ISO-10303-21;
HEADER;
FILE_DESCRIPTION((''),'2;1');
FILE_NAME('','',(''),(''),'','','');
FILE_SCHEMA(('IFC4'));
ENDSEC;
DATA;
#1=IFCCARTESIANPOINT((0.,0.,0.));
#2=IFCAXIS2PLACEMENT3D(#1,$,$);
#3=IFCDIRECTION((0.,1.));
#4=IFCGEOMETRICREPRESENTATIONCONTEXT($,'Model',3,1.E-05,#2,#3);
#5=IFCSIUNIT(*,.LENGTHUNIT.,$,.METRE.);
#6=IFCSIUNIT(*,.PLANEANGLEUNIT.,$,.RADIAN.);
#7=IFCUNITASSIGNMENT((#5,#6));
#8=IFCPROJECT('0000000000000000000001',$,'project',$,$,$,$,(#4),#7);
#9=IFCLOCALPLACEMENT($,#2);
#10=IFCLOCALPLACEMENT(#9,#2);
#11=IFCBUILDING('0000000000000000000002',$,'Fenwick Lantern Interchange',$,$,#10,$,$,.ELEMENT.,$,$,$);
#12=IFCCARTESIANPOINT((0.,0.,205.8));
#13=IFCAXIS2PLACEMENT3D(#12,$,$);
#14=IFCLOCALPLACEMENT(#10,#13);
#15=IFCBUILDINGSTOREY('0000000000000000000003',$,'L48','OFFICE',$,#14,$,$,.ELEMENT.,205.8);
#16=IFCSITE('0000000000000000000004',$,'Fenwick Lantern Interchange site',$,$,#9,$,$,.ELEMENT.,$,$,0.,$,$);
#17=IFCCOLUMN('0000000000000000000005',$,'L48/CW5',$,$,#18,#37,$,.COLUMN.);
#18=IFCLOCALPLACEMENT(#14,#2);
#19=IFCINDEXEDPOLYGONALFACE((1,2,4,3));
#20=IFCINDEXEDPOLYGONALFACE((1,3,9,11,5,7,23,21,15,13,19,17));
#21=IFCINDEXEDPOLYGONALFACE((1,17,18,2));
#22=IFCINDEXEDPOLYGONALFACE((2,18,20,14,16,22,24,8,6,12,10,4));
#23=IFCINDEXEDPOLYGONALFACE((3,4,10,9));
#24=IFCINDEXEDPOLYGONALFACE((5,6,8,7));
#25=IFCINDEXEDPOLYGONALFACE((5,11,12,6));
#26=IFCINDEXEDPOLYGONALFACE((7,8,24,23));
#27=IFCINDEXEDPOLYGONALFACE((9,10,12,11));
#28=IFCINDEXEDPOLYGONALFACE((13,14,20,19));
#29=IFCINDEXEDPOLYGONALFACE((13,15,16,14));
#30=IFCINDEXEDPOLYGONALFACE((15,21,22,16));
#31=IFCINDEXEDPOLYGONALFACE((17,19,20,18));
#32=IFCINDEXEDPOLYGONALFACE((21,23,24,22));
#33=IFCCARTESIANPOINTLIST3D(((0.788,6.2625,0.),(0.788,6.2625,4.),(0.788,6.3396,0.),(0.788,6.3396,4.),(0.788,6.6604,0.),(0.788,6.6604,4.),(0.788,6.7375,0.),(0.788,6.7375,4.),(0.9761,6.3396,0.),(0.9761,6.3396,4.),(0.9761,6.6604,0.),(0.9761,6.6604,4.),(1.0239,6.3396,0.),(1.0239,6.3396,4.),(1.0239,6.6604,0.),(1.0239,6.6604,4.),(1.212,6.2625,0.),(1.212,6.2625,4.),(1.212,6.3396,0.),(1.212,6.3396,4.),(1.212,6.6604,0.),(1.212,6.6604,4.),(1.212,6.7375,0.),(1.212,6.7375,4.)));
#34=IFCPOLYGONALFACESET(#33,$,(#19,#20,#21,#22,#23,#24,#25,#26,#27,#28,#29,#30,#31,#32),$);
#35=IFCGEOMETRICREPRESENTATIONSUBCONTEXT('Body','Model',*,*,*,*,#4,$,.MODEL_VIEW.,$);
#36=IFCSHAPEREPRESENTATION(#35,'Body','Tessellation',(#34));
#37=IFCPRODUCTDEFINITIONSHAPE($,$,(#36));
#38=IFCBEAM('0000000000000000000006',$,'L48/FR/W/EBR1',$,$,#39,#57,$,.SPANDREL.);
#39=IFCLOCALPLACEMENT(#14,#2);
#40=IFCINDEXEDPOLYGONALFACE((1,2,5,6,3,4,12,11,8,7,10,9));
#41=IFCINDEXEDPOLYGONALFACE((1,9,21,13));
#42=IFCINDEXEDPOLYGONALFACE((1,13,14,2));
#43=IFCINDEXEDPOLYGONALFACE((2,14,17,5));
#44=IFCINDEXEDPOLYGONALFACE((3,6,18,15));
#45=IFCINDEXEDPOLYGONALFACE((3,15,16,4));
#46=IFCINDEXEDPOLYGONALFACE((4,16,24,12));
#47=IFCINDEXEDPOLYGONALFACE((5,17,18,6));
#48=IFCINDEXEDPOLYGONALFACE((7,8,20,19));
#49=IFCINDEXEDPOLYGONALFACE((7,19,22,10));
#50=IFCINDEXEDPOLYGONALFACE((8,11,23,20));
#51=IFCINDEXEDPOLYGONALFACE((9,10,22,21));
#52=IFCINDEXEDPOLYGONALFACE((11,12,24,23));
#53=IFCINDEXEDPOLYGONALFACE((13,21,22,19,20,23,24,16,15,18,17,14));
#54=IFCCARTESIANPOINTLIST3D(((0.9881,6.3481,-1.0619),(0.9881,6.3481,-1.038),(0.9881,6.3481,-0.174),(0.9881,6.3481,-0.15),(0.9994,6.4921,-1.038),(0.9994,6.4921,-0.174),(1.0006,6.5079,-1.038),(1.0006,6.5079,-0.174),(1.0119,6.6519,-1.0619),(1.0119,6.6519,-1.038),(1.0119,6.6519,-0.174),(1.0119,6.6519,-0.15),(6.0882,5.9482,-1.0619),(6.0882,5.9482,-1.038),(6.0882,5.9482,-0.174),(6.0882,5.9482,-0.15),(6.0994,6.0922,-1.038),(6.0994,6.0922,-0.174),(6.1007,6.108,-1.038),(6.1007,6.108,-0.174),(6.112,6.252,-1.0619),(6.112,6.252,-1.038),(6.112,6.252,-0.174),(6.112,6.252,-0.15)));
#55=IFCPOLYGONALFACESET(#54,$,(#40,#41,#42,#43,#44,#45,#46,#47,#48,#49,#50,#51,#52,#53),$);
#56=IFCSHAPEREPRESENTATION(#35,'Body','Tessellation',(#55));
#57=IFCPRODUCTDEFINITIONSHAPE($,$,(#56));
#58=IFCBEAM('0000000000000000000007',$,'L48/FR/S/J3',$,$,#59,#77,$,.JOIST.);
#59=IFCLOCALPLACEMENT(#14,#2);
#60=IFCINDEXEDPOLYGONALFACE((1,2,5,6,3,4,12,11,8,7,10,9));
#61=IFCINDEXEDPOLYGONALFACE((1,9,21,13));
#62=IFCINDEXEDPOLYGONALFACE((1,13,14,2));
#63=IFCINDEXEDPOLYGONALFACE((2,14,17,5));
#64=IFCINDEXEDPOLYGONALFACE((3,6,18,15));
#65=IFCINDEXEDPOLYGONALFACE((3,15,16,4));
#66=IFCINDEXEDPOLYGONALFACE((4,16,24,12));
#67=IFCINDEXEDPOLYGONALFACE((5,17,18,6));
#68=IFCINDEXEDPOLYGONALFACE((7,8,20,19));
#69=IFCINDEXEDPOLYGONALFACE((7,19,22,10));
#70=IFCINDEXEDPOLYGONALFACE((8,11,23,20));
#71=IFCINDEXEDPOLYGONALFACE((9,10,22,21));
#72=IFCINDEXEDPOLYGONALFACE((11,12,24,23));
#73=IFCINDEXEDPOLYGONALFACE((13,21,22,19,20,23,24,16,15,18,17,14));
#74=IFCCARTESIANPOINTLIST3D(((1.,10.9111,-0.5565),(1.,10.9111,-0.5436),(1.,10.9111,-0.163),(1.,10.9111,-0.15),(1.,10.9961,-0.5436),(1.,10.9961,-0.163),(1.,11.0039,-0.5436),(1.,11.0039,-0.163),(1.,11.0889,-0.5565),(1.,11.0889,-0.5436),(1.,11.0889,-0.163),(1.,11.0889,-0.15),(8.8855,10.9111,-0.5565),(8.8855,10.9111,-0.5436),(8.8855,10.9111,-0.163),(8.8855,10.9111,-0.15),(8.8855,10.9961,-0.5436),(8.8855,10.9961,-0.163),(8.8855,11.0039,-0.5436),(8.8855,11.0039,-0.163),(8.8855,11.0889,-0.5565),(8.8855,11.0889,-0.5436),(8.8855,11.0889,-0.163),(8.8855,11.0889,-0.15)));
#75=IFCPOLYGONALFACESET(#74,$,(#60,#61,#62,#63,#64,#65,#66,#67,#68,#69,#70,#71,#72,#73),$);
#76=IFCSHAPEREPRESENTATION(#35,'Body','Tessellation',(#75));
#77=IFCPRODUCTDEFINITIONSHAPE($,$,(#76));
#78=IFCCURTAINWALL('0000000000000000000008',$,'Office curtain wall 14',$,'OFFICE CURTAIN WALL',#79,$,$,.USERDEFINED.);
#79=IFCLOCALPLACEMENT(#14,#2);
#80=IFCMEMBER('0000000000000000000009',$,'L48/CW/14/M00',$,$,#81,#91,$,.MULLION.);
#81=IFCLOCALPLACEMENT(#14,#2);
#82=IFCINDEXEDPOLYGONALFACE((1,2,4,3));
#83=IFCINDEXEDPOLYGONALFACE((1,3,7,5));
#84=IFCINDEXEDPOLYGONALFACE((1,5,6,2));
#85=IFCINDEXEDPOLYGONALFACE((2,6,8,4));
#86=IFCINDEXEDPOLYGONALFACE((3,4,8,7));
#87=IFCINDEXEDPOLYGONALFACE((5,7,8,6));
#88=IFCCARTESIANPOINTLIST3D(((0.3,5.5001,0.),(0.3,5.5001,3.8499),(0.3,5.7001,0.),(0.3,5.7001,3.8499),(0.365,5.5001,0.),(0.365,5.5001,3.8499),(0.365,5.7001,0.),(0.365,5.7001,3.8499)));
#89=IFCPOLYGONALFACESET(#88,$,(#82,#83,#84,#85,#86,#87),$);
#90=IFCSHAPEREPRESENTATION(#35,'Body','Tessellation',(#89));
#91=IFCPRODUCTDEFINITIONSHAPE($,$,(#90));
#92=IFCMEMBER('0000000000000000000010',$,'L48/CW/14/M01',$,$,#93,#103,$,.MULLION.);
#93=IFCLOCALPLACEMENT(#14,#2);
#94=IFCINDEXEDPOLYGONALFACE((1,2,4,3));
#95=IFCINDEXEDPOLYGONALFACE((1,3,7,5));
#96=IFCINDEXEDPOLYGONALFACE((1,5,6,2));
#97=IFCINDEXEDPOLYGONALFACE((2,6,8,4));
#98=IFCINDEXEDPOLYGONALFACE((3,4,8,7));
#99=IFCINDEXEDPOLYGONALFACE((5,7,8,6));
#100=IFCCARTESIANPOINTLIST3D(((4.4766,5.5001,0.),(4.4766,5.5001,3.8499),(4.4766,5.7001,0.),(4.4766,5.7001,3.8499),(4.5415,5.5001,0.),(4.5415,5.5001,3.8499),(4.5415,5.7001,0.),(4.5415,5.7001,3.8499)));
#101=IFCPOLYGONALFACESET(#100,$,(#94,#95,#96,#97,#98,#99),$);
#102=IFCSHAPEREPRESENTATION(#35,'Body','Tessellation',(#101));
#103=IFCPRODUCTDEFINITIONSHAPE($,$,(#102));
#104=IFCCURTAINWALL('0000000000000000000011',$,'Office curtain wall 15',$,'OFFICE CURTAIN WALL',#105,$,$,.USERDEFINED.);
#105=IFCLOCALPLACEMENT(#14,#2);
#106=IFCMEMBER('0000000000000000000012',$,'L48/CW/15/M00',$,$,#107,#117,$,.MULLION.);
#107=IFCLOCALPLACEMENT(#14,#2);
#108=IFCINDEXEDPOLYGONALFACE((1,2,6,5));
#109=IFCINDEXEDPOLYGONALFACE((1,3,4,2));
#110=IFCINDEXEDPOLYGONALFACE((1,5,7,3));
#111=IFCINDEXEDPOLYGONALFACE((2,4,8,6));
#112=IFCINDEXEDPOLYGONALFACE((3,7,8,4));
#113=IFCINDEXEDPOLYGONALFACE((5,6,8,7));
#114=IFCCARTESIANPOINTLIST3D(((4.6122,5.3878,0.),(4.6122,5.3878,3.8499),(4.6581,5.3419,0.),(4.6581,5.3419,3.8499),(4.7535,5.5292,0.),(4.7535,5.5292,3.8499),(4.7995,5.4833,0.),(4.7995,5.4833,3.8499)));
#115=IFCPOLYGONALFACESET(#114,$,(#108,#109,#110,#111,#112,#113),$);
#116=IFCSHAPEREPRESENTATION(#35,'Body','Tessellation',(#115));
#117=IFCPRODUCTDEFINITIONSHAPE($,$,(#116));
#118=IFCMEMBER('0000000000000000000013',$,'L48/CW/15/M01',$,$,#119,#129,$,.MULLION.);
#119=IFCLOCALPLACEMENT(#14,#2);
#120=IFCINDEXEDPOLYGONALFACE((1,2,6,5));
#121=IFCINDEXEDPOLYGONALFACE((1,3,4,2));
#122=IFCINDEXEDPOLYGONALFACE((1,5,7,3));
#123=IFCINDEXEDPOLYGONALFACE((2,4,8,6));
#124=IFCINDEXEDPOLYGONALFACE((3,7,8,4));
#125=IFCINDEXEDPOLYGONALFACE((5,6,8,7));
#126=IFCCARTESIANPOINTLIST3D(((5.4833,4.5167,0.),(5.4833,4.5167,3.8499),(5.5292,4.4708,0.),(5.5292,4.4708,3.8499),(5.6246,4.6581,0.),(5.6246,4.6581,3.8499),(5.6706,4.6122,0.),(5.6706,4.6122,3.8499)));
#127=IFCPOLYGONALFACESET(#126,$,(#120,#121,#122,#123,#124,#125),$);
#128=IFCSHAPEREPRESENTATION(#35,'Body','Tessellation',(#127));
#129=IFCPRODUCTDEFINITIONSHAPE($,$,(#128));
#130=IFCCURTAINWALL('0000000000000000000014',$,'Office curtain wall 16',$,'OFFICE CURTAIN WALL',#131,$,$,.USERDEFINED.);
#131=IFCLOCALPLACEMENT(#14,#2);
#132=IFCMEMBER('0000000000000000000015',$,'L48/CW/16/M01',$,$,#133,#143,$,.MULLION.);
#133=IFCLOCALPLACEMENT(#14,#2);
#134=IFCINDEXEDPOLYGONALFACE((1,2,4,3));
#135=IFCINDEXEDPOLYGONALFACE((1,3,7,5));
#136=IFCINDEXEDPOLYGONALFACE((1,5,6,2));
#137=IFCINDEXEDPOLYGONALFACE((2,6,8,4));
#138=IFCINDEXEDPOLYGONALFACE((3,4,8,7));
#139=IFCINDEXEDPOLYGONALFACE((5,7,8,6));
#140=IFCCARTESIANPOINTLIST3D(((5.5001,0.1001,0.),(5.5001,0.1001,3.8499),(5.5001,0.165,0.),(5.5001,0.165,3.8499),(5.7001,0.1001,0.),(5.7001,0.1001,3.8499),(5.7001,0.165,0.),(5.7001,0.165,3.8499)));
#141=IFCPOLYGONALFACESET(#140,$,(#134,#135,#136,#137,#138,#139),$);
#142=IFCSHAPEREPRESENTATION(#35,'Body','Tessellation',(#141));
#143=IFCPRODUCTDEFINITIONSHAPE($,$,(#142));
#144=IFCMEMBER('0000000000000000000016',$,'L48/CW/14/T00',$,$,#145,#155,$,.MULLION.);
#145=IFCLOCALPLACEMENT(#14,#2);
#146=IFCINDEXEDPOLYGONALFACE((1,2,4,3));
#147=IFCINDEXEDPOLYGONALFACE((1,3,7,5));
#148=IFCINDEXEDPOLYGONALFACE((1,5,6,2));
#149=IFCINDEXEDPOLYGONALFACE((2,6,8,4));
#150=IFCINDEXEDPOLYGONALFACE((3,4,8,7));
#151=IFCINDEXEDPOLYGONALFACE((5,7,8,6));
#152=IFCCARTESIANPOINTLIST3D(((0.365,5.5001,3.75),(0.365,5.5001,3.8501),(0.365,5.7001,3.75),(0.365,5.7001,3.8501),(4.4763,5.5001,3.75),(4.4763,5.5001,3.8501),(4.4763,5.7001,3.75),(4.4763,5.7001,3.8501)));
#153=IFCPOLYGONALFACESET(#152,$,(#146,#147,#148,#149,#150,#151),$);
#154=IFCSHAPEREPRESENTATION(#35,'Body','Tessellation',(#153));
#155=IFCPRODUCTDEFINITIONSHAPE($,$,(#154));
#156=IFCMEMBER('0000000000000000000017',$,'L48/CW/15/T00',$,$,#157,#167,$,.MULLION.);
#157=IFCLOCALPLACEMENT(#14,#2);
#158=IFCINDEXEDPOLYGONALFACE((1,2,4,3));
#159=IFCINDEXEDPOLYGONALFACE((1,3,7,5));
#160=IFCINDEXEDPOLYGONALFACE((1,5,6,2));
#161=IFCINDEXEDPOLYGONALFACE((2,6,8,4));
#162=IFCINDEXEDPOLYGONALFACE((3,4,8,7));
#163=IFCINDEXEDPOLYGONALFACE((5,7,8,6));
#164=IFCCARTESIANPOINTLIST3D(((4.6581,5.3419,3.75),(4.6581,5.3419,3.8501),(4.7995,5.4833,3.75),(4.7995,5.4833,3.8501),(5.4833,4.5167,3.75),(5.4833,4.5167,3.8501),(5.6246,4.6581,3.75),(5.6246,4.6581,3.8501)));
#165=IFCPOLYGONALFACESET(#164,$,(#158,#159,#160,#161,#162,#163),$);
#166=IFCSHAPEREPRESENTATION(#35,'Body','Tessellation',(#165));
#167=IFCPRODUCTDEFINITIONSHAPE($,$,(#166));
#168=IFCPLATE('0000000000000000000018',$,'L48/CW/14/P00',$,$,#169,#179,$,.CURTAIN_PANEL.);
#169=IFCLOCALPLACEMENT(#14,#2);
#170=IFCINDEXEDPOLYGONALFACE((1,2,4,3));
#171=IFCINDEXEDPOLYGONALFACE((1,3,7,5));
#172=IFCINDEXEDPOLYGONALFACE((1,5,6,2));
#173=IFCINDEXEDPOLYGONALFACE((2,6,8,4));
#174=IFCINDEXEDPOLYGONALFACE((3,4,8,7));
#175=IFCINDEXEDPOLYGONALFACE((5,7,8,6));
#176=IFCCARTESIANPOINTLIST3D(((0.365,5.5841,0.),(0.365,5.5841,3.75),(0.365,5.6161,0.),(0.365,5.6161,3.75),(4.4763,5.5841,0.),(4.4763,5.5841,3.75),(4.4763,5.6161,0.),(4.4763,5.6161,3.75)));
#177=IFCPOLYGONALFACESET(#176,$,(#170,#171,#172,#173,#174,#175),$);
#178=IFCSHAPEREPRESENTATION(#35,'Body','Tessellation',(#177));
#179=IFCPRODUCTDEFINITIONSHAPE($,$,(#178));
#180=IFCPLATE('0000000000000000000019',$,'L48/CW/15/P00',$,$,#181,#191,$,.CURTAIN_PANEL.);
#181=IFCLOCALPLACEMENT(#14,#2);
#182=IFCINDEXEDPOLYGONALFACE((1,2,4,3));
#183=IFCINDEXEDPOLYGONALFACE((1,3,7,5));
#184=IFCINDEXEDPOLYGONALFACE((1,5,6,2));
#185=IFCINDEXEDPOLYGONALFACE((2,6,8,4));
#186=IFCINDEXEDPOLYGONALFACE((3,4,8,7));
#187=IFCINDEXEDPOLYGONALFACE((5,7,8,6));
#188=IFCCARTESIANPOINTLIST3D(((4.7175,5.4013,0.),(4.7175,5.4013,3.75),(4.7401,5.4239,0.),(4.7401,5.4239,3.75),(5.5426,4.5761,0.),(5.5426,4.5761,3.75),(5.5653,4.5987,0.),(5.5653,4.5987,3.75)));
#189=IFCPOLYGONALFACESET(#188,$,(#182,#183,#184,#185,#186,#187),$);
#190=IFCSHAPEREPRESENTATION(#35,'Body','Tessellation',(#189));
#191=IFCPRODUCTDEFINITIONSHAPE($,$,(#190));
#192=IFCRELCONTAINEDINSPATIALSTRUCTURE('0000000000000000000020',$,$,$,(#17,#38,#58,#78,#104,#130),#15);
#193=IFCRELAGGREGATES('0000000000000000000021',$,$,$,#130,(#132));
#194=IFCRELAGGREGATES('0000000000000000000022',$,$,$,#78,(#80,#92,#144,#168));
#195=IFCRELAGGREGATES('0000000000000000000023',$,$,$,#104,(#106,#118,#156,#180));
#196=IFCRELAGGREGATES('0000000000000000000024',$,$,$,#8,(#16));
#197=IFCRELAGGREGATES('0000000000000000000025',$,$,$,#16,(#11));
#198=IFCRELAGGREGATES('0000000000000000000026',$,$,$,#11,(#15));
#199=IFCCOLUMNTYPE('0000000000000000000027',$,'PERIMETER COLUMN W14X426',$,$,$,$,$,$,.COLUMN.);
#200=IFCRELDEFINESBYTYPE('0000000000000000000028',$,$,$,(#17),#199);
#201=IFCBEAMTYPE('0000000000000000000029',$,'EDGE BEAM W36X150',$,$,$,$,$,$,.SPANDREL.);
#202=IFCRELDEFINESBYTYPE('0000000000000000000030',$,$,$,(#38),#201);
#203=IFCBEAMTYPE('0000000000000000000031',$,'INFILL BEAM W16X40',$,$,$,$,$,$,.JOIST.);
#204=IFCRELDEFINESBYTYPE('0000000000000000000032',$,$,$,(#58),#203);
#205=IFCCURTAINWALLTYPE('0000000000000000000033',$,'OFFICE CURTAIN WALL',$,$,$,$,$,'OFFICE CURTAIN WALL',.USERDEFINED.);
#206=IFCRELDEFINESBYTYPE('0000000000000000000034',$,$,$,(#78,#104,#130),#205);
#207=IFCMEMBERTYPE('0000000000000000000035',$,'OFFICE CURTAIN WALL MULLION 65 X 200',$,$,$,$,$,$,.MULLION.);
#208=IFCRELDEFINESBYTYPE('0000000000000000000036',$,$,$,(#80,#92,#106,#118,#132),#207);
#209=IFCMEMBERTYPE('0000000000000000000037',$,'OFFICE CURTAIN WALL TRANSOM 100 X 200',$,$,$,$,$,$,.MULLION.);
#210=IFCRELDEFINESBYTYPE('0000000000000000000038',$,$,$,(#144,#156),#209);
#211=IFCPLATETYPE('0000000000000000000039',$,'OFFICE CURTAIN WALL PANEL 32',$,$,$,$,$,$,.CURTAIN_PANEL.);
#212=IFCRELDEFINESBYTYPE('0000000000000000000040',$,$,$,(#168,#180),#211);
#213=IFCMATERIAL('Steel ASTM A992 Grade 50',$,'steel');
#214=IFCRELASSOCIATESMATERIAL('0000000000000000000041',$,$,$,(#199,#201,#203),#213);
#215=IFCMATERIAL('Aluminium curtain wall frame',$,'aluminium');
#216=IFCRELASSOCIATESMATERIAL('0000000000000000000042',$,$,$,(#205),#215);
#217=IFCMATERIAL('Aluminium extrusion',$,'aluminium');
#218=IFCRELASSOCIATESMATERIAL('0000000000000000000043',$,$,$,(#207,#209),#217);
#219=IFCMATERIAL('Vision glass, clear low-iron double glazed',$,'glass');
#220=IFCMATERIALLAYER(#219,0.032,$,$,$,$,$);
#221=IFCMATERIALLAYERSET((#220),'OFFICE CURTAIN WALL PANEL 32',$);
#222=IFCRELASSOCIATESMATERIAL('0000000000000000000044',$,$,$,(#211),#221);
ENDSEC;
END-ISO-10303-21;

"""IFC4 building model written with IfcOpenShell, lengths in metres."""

from ifc_helpers import new_model, si_unit, direction, frame, origin, origin_2d, place, context, subcontext, project, spatial, rectangle, i_section, extrude, material, layer, layer_set, material_profile, profile_set, type_object, element, aggregate, save


model = new_model("IFC4")

# Units and contexts
model_context = context("Model", 3, precision=1e-05, world=origin(), true_north=direction((0.0, 1.0)))
body_context = subcontext(model_context, "Body", "Model", "MODEL_VIEW")
ifc_project = project(units=[si_unit("LENGTHUNIT", "METRE"), si_unit("PLANEANGLEUNIT", "RADIAN")], contexts=[model_context])

# Site, building, storey
site_placement = place(None, origin())
site = spatial("IfcSite", under=ifc_project, at=site_placement, Name="Fenwick Lantern Interchange site", CompositionType="ELEMENT", RefElevation=0.0)
building_placement = place(site_placement, origin())
building = spatial("IfcBuilding", under=site, at=building_placement, Name="Fenwick Lantern Interchange", CompositionType="ELEMENT")
storey_placement = place(building_placement, frame((0.0, 0.0, 205.8)))
storey = spatial("IfcBuildingStorey", under=building, at=storey_placement, Name="L48", Description="OFFICE", CompositionType="ELEMENT", Elevation=205.8)

# Column
ifc_material_1 = material(Name="Steel ASTM A992 Grade 50", Category="steel")
ifc_material_profile_1 = material_profile(ifc_material_1, i_section(OverallWidth=0.4241, OverallDepth=0.4751, WebThickness=0.0479, FlangeThickness=0.0771, at=origin_2d()), Name="W14X426")
ifc_profile_set_1 = profile_set([ifc_material_profile_1], Name="Steel ASTM A992 Grade 50")
column_type = type_object("IfcColumnType", Name="PERIMETER COLUMN W14X426", PredefinedType="COLUMN", material=ifc_profile_set_1)
column_placement = place(storey_placement, frame((1.0, 6.5, 0.0), z_axis=(0.0, 0.0, 1.0), x_axis=(1.0, 0.0, 0.0)))
element("IfcColumn", 1, at=column_placement, inside=storey, type_object=column_type, Name="L48/CW5", PredefinedType="COLUMN", context=body_context, shape_type="SweptSolid", body=[
    extrude(i_section(OverallWidth=0.4241, OverallDepth=0.4751, WebThickness=0.0479, FlangeThickness=0.0771, at=origin_2d()), origin(), (0.0, 0.0, 1.0), 4.0),
])

# Beams
ifc_material_profile_2 = material_profile(ifc_material_1, i_section(OverallWidth=0.3047, OverallDepth=0.9119, WebThickness=0.0159, FlangeThickness=0.0239, at=origin_2d()), Name="W36X150")
ifc_profile_set_2 = profile_set([ifc_material_profile_2], Name="Steel ASTM A992 Grade 50")
beam_type_1 = type_object("IfcBeamType", Name="EDGE BEAM W36X150", PredefinedType="SPANDREL", material=ifc_profile_set_2)
beam_1_placement = place(storey_placement, frame((1.0, 6.5, -0.606), z_axis=(0.99694, -0.078171, 0.0), x_axis=(0.078171, 0.99694, 0.0)))
element("IfcBeam", 2, at=beam_1_placement, inside=storey, type_object=beam_type_1, Name="L48/FR/W/EBR1", PredefinedType="SPANDREL", context=body_context, shape_type="SweptSolid", body=[
    extrude(i_section(OverallWidth=0.3047, OverallDepth=0.9119, WebThickness=0.0159, FlangeThickness=0.0239, at=origin_2d()), origin(), (0.0, 0.0, 1.0), 5.1157),
])
ifc_material_profile_3 = material_profile(ifc_material_1, i_section(OverallWidth=0.1777, OverallDepth=0.4065, WebThickness=0.0078, FlangeThickness=0.0129, at=origin_2d()), Name="W16X40")
ifc_profile_set_3 = profile_set([ifc_material_profile_3], Name="Steel ASTM A992 Grade 50")
beam_type_2 = type_object("IfcBeamType", Name="INFILL BEAM W16X40", PredefinedType="JOIST", material=ifc_profile_set_3)
beam_2_placement = place(storey_placement, frame((1.0, 11.0, -0.3533), z_axis=(1.0, 0.0, 0.0), x_axis=(0.0, 1.0, 0.0)))
element("IfcBeam", 3, at=beam_2_placement, inside=storey, type_object=beam_type_2, Name="L48/FR/S/J3", PredefinedType="JOIST", context=body_context, shape_type="SweptSolid", body=[
    extrude(i_section(OverallWidth=0.1777, OverallDepth=0.4065, WebThickness=0.0078, FlangeThickness=0.0129, at=origin_2d()), origin(), (0.0, 0.0, 1.0), 7.8855),
])

# Curtain walls, members
ifc_material_2 = material(Name="Aluminium curtain wall frame", Category="aluminium")
curtain_wall_type = type_object("IfcCurtainWallType", Name="OFFICE CURTAIN WALL", ElementType="OFFICE CURTAIN WALL", PredefinedType="USERDEFINED", material=ifc_material_2)
curtain_wall_1_placement = place(storey_placement, origin())
curtain_wall_1 = element("IfcCurtainWall", 4, at=curtain_wall_1_placement, inside=storey, type_object=curtain_wall_type, Name="Office curtain wall 14", ObjectType="OFFICE CURTAIN WALL", PredefinedType="USERDEFINED")
ifc_material_3 = material(Name="Aluminium extrusion", Category="aluminium")
ifc_material_profile_4 = material_profile(ifc_material_3, rectangle(XDim=0.2, YDim=0.0649, at=origin_2d()), Name="OFFICE CURTAIN WALL MULLION 65 X 200")
ifc_profile_set_4 = profile_set([ifc_material_profile_4], Name="Aluminium extrusion")
member_type_1 = type_object("IfcMemberType", Name="OFFICE CURTAIN WALL MULLION 65 X 200", PredefinedType="MULLION", material=ifc_profile_set_4)
member_1_placement = place(storey_placement, frame((0.3325, 5.6001, 0.0), z_axis=(0.0, 0.0, 1.0), x_axis=(0.0, 1.0, 0.0)))
member_1 = element("IfcMember", 5, at=member_1_placement, type_object=member_type_1, Name="L48/CW/14/M00", PredefinedType="MULLION", context=body_context, shape_type="SweptSolid", body=[
    extrude(rectangle(XDim=0.2, YDim=0.0649, at=origin_2d()), origin(), (0.0, 0.0, 1.0), 3.8499),
])
member_2_placement = place(storey_placement, frame((4.509, 5.6001, 0.0), z_axis=(0.0, 0.0, 1.0), x_axis=(0.0, 1.0, 0.0)))
member_2 = element("IfcMember", 6, at=member_2_placement, type_object=member_type_1, Name="L48/CW/14/M01", PredefinedType="MULLION", context=body_context, shape_type="SweptSolid", body=[
    extrude(rectangle(XDim=0.2, YDim=0.0649, at=origin_2d()), origin(), (0.0, 0.0, 1.0), 3.8499),
])
curtain_wall_2_placement = place(storey_placement, origin())
curtain_wall_2 = element("IfcCurtainWall", 7, at=curtain_wall_2_placement, inside=storey, type_object=curtain_wall_type, Name="Office curtain wall 15", ObjectType="OFFICE CURTAIN WALL", PredefinedType="USERDEFINED")
member_3_placement = place(storey_placement, frame((4.7058, 5.4355, 0.0), z_axis=(0.0, 0.0, 1.0), x_axis=(0.707107, 0.707107, 0.0)))
member_3 = element("IfcMember", 8, at=member_3_placement, type_object=member_type_1, Name="L48/CW/15/M00", PredefinedType="MULLION", context=body_context, shape_type="SweptSolid", body=[
    extrude(rectangle(XDim=0.2, YDim=0.0649, at=origin_2d()), origin(), (0.0, 0.0, 1.0), 3.8499),
])
member_4_placement = place(storey_placement, frame((5.5769, 4.5645, 0.0), z_axis=(0.0, 0.0, 1.0), x_axis=(0.707107, 0.707107, 0.0)))
member_4 = element("IfcMember", 9, at=member_4_placement, type_object=member_type_1, Name="L48/CW/15/M01", PredefinedType="MULLION", context=body_context, shape_type="SweptSolid", body=[
    extrude(rectangle(XDim=0.2, YDim=0.0649, at=origin_2d()), origin(), (0.0, 0.0, 1.0), 3.8499),
])

# Curtain wall, member
curtain_wall_3_placement = place(storey_placement, origin())
curtain_wall_3 = element("IfcCurtainWall", 10, at=curtain_wall_3_placement, inside=storey, type_object=curtain_wall_type, Name="Office curtain wall 16", ObjectType="OFFICE CURTAIN WALL", PredefinedType="USERDEFINED")
member_5_placement = place(storey_placement, frame((5.6001, 0.1326, 0.0), z_axis=(0.0, 0.0, 1.0), x_axis=(1.0, 0.0, 0.0)))
member_5 = element("IfcMember", 11, at=member_5_placement, type_object=member_type_1, Name="L48/CW/16/M01", PredefinedType="MULLION", context=body_context, shape_type="SweptSolid", body=[
    extrude(rectangle(XDim=0.2, YDim=0.0649, at=origin_2d()), origin(), (0.0, 0.0, 1.0), 3.8499),
])
aggregate(curtain_wall_3, [member_5])

# Members
ifc_material_profile_5 = material_profile(ifc_material_3, rectangle(XDim=0.2, YDim=0.1001, at=origin_2d()), Name="OFFICE CURTAIN WALL TRANSOM 100 X 200")
ifc_profile_set_5 = profile_set([ifc_material_profile_5], Name="Aluminium extrusion")
member_type_2 = type_object("IfcMemberType", Name="OFFICE CURTAIN WALL TRANSOM 100 X 200", PredefinedType="MULLION", material=ifc_profile_set_5)
member_6_placement = place(storey_placement, frame((0.365, 5.6001, 3.8), z_axis=(1.0, 0.0, 0.0), x_axis=(0.0, 1.0, 0.0)))
member_6 = element("IfcMember", 12, at=member_6_placement, type_object=member_type_2, Name="L48/CW/14/T00", PredefinedType="MULLION", context=body_context, shape_type="SweptSolid", body=[
    extrude(rectangle(XDim=0.2, YDim=0.1001, at=origin_2d()), origin(), (0.0, 0.0, 1.0), 4.1113),
])
member_7_placement = place(storey_placement, frame((4.7288, 5.4126, 3.8), z_axis=(0.707107, -0.707107, 0.0), x_axis=(0.707107, 0.707107, 0.0)))
member_7 = element("IfcMember", 13, at=member_7_placement, type_object=member_type_2, Name="L48/CW/15/T00", PredefinedType="MULLION", context=body_context, shape_type="SweptSolid", body=[
    extrude(rectangle(XDim=0.2, YDim=0.1001, at=origin_2d()), origin(), (0.0, 0.0, 1.0), 1.167),
])

# Shared definitions
ifc_material_4 = material(Name="Vision glass, clear low-iron double glazed", Category="glass")
ifc_layer_1 = layer(ifc_material_4, 0.032)
ifc_layer_set_1 = layer_set([ifc_layer_1], Name="OFFICE CURTAIN WALL PANEL 32")
plate_type = type_object("IfcPlateType", Name="OFFICE CURTAIN WALL PANEL 32", PredefinedType="CURTAIN_PANEL", material=ifc_layer_set_1)

# Plates
plate_1_placement = place(storey_placement, frame((2.4207, 5.6001, 0.0), z_axis=(0.0, 0.0, 1.0), x_axis=(1.0, 0.0, 0.0)))
plate_1 = element("IfcPlate", 14, at=plate_1_placement, type_object=plate_type, Name="L48/CW/14/P00", PredefinedType="CURTAIN_PANEL", context=body_context, shape_type="SweptSolid", body=[
    extrude(rectangle(XDim=4.1113, YDim=0.032, at=origin_2d()), origin(), (0.0, 0.0, 1.0), 3.75),
])
aggregate(curtain_wall_1, [member_1, member_2, member_6, plate_1])
plate_2_placement = place(storey_placement, frame((5.1414, 5.0, 0.0), z_axis=(0.0, 0.0, 1.0), x_axis=(0.707107, -0.707107, 0.0)))
plate_2 = element("IfcPlate", 15, at=plate_2_placement, type_object=plate_type, Name="L48/CW/15/P00", PredefinedType="CURTAIN_PANEL", context=body_context, shape_type="SweptSolid", body=[
    extrude(rectangle(XDim=1.167, YDim=0.032, at=origin_2d()), origin(), (0.0, 0.0, 1.0), 3.75),
])
aggregate(curtain_wall_2, [member_3, member_4, member_7, plate_2])

save(model, "model.ifc")
